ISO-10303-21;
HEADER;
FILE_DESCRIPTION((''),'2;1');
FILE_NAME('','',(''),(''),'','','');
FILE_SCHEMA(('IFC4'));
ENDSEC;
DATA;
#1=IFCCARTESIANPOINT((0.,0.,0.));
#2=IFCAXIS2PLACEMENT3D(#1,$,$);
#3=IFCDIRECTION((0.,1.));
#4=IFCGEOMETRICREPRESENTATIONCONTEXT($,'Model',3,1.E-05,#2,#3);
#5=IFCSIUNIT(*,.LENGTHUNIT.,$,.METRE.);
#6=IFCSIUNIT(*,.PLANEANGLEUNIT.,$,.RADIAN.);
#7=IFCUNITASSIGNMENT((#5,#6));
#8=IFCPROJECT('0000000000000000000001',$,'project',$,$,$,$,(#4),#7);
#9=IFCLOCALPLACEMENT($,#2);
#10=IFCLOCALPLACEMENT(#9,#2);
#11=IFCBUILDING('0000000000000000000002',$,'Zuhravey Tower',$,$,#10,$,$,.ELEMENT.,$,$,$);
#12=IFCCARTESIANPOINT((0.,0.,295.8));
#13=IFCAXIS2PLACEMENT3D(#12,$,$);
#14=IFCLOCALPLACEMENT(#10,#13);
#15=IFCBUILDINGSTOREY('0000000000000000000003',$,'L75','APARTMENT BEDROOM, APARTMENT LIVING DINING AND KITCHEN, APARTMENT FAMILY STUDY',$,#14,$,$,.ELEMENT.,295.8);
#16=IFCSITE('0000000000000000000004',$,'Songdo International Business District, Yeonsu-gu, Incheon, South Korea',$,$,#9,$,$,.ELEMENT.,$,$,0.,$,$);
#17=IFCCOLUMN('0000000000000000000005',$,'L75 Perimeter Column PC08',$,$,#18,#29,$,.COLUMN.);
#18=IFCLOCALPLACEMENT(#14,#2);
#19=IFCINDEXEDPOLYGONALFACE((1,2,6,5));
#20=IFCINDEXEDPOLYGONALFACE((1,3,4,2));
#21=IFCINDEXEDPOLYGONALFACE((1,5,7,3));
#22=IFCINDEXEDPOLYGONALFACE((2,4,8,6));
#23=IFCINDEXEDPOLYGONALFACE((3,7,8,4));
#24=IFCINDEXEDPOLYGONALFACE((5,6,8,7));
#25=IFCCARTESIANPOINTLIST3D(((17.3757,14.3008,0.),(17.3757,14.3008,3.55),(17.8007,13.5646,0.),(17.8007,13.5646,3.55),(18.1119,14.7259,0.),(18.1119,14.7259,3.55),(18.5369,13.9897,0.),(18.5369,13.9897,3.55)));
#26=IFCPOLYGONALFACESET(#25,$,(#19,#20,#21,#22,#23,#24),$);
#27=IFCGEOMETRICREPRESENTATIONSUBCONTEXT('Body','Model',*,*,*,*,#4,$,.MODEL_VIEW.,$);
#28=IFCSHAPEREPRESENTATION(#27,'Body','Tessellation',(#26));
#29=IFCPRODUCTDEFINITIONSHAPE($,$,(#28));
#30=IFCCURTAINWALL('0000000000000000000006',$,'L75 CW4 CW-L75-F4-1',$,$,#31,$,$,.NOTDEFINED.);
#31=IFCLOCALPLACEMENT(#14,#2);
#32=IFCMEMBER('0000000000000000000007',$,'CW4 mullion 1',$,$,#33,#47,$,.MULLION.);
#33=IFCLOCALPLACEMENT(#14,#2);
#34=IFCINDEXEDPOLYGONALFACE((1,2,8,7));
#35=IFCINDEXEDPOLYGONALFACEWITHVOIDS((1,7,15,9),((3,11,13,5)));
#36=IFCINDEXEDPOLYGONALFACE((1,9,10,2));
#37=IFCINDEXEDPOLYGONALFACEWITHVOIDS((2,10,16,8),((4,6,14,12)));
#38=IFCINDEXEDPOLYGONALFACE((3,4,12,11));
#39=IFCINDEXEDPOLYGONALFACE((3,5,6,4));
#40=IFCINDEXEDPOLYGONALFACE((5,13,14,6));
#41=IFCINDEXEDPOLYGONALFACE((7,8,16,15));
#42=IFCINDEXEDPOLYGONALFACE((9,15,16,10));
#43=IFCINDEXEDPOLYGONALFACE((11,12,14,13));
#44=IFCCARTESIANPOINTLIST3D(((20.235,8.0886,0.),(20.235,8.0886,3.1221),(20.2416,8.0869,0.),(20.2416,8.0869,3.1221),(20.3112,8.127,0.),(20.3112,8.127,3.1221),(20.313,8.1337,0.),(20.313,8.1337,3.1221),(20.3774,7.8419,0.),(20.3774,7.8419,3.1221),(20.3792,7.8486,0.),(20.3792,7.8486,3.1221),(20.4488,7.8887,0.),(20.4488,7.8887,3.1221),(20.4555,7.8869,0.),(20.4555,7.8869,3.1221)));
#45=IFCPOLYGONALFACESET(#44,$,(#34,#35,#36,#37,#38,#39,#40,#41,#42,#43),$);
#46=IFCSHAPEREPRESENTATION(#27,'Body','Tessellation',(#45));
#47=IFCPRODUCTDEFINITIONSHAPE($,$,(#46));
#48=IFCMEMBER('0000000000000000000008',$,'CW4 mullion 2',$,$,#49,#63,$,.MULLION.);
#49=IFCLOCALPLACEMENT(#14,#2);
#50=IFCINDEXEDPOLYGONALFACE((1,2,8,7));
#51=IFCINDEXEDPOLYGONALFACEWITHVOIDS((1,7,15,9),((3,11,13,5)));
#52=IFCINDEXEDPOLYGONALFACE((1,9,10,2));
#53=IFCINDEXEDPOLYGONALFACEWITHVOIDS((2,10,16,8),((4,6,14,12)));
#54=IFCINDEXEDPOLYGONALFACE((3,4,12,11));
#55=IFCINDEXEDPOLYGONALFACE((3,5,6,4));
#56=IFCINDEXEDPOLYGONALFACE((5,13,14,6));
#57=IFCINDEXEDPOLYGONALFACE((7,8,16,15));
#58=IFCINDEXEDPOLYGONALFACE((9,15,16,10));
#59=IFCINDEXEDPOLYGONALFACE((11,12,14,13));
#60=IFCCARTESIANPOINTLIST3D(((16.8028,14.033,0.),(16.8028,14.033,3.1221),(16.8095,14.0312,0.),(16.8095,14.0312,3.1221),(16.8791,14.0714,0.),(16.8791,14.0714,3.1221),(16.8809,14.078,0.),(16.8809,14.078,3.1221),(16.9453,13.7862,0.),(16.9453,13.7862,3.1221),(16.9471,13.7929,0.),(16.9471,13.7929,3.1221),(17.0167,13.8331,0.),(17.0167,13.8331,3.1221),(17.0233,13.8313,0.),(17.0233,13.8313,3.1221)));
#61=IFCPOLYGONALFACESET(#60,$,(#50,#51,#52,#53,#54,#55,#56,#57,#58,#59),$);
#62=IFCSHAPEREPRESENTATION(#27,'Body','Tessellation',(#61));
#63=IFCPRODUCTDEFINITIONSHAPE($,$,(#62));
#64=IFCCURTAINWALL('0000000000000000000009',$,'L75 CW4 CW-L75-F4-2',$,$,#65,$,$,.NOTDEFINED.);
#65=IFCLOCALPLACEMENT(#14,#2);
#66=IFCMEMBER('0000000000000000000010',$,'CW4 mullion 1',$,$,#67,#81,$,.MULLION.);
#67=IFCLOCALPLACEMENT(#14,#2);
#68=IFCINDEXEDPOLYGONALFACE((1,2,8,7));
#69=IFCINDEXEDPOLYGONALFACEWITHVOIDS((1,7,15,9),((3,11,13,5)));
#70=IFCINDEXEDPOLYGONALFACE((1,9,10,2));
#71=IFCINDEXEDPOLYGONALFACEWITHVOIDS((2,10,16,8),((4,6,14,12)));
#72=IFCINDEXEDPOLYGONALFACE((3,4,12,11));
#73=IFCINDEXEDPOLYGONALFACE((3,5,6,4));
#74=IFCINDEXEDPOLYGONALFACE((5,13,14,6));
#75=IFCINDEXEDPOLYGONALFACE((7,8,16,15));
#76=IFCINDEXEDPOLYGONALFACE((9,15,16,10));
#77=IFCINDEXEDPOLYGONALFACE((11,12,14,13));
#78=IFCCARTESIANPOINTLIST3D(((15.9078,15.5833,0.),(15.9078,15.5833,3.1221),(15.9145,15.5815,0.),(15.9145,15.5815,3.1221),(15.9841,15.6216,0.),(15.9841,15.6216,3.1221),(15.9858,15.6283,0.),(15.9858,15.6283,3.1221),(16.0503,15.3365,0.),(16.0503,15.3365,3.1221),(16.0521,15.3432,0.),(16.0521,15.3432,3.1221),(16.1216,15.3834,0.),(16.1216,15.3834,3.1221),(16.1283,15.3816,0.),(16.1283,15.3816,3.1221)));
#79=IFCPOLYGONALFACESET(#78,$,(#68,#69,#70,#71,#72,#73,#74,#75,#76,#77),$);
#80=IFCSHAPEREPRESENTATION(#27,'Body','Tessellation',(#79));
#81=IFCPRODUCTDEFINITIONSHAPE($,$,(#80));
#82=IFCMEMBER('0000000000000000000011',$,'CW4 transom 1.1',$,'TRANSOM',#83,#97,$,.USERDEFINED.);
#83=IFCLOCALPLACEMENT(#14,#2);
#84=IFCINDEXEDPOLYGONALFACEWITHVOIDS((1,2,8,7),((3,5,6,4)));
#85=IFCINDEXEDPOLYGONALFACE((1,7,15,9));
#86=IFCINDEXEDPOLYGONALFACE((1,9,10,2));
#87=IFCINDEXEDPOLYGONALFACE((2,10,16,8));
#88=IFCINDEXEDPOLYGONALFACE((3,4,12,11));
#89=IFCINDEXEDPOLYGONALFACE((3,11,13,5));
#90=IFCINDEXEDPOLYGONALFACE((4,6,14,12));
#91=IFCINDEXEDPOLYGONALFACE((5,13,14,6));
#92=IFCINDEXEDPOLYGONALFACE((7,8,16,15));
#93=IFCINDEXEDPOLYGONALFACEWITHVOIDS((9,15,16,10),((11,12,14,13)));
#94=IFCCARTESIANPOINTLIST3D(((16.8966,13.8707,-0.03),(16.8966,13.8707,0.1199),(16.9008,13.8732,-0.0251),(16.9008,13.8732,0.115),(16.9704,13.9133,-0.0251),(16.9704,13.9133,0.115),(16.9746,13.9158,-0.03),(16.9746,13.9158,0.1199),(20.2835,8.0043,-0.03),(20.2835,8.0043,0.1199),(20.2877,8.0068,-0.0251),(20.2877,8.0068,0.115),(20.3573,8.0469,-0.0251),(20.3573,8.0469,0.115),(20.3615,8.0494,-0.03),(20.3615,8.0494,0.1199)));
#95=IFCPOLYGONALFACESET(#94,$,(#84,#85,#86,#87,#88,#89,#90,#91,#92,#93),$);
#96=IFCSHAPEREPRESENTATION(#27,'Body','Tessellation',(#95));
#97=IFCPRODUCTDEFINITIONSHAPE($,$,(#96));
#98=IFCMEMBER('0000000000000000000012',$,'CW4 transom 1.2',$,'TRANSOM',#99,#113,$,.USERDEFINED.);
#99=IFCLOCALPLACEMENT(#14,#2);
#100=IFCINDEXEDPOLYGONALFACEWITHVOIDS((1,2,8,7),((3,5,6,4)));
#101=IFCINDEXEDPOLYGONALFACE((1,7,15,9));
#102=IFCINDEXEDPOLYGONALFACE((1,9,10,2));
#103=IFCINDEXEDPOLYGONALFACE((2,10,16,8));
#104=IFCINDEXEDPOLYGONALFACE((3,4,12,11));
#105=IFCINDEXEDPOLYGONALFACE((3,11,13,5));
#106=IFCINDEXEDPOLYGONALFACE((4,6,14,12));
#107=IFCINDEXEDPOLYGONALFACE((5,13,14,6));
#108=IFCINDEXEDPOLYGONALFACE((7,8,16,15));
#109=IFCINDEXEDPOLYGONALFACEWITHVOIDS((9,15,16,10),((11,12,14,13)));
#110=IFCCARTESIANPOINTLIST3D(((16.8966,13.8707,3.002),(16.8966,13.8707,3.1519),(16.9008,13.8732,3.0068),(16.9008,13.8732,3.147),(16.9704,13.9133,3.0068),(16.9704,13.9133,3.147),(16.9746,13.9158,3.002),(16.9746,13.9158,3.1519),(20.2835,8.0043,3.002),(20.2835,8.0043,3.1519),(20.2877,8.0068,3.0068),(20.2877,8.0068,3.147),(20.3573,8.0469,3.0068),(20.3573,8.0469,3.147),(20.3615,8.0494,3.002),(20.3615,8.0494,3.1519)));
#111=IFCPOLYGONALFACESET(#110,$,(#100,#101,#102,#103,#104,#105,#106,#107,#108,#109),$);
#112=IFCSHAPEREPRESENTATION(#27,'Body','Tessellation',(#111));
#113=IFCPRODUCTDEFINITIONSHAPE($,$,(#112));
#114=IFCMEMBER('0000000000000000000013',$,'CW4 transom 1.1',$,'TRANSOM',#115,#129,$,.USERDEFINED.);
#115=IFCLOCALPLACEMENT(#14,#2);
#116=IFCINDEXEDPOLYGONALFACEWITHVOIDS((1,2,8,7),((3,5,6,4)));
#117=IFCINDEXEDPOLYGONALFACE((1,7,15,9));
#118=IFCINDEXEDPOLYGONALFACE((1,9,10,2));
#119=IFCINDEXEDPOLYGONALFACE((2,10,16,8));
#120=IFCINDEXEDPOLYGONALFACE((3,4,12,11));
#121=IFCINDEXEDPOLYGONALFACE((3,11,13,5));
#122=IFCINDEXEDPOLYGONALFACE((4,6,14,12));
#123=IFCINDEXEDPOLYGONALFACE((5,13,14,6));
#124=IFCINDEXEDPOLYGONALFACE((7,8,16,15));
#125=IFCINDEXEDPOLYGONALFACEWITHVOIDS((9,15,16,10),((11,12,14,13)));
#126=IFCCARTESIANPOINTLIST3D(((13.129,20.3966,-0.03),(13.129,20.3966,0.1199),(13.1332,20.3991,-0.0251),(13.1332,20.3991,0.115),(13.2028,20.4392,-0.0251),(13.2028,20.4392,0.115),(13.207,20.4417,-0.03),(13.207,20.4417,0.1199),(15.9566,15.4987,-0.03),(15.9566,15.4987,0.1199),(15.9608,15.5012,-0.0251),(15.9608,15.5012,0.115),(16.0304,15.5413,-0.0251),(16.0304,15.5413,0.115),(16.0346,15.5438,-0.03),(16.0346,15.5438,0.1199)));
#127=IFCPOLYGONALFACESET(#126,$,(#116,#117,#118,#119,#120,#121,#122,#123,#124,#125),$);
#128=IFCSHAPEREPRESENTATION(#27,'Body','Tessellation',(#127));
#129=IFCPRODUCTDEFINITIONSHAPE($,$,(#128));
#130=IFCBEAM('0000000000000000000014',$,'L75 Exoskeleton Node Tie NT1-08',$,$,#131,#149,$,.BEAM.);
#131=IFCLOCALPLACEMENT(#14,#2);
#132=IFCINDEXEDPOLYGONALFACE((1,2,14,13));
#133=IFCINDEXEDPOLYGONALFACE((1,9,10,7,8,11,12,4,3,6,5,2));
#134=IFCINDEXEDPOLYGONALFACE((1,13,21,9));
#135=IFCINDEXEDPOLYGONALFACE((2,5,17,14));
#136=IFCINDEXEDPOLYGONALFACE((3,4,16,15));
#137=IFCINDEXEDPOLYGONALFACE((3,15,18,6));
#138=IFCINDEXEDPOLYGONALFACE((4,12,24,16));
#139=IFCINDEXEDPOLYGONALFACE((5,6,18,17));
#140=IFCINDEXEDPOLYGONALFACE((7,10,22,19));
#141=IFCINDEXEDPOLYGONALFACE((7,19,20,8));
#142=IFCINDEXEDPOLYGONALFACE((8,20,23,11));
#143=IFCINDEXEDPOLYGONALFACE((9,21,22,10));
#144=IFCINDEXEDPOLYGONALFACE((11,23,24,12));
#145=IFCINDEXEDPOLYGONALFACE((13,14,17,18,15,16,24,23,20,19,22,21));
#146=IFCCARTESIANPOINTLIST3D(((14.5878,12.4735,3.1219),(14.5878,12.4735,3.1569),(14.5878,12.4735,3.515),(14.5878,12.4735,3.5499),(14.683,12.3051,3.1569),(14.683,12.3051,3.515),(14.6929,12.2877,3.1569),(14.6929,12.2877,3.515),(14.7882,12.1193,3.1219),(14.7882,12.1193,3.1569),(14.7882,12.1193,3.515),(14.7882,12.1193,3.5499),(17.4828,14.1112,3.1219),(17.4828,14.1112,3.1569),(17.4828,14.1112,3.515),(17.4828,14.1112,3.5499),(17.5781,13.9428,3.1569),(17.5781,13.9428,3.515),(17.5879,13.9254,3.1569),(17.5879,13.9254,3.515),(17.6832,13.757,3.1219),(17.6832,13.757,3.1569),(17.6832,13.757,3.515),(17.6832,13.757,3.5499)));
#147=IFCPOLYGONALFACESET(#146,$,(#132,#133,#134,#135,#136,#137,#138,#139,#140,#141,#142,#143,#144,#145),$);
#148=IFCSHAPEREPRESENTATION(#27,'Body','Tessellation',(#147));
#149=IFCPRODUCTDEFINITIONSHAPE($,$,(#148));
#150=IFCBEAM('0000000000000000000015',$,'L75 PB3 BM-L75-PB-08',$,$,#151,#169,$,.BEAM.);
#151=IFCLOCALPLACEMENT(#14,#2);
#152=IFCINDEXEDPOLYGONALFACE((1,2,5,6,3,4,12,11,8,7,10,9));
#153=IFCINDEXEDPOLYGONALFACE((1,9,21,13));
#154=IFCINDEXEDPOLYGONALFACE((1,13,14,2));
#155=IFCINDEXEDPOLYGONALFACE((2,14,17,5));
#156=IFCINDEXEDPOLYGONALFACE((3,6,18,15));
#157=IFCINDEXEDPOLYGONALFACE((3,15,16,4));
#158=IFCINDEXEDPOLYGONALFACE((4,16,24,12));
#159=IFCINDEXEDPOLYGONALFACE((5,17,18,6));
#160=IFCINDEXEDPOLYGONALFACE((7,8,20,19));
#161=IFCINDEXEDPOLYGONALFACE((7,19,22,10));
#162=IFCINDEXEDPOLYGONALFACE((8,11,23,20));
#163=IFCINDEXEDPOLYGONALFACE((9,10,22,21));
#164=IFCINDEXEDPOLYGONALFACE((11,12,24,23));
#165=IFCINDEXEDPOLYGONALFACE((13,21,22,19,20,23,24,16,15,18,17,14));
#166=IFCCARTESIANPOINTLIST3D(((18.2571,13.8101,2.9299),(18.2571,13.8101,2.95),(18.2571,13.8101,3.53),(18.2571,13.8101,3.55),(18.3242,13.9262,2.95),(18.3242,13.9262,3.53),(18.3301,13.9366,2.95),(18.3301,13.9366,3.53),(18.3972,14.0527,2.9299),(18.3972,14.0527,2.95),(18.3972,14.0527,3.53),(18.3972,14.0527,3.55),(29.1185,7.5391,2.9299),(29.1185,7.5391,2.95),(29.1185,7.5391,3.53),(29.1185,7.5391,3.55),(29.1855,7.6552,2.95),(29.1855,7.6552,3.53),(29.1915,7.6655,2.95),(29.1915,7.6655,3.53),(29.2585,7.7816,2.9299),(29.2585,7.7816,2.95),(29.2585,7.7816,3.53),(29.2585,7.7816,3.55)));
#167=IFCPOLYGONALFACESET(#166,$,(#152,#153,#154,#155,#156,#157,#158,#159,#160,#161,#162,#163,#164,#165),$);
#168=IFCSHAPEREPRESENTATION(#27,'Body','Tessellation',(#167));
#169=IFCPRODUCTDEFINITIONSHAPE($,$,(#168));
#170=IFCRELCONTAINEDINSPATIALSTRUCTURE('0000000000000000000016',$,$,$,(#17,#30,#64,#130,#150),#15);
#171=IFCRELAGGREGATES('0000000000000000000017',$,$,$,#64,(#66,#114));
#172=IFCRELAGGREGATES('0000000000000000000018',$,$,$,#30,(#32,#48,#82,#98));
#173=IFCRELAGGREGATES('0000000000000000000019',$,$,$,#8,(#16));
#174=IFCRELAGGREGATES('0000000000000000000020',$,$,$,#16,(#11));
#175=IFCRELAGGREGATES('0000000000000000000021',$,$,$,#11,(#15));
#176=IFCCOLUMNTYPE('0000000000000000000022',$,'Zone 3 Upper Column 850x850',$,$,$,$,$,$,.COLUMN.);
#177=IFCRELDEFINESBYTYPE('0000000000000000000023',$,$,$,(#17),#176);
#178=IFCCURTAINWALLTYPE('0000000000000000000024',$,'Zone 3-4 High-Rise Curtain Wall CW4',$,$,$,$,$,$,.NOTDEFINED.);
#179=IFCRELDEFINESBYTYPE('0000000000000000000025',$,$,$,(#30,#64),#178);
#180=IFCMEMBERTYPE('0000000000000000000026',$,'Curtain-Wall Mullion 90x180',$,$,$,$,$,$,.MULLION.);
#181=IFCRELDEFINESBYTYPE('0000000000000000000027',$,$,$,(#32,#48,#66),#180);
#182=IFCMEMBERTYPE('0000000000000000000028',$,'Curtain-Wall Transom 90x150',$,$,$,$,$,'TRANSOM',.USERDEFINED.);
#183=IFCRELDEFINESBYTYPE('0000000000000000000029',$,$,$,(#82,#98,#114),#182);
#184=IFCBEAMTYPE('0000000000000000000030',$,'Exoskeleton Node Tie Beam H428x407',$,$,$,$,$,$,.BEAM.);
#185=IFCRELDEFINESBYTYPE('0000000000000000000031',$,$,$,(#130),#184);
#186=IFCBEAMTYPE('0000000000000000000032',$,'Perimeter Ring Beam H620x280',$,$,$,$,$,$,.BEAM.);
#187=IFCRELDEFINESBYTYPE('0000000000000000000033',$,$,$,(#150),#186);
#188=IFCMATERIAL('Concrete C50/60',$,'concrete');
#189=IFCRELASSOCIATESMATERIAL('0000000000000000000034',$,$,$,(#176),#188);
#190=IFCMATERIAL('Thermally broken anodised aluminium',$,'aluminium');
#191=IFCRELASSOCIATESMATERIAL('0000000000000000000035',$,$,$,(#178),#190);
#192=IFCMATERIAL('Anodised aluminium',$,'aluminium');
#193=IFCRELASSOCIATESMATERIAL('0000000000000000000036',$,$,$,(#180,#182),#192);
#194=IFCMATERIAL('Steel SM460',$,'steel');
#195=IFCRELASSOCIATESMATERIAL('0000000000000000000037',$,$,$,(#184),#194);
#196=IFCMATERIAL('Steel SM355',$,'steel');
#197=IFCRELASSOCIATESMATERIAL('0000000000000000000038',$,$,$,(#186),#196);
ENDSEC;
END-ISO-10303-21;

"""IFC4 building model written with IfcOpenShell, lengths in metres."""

from ifc_helpers import new_model, si_unit, direction, frame, origin, origin_2d, place, context, subcontext, project, spatial, rectangle, hollow_rectangle, i_section, extrude, material, material_profile, profile_set, type_object, element, aggregate, save


model = new_model("IFC4")

# Units and contexts
model_context = context("Model", 3, precision=1e-05, world=origin(), true_north=direction((0.0, 1.0)))
body_context = subcontext(model_context, "Body", "Model", "MODEL_VIEW")
ifc_project = project(units=[si_unit("LENGTHUNIT", "METRE"), si_unit("PLANEANGLEUNIT", "RADIAN")], contexts=[model_context])

# Site, building, storey
site_placement = place(None, origin())
site = spatial("IfcSite", under=ifc_project, at=site_placement, Name="Songdo International Business District, Yeonsu-gu, Incheon, South Korea", CompositionType="ELEMENT", RefElevation=0.0)
building_placement = place(site_placement, origin())
building = spatial("IfcBuilding", under=site, at=building_placement, Name="Zuhravey Tower", CompositionType="ELEMENT")
storey_placement = place(building_placement, frame((0.0, 0.0, 295.8)))
storey = spatial("IfcBuildingStorey", under=building, at=storey_placement, Name="L75", Description="APARTMENT BEDROOM, APARTMENT LIVING DINING AND KITCHEN, APARTMENT FAMILY STUDY", CompositionType="ELEMENT", Elevation=295.8)

# Column
ifc_material_1 = material(Name="Concrete C50/60", Category="concrete")
ifc_material_profile_1 = material_profile(ifc_material_1, rectangle(XDim=0.8501, YDim=0.8501, at=origin_2d()), Name="RC-850x850")
ifc_profile_set_1 = profile_set([ifc_material_profile_1], Name="Concrete C50/60")
column_type = type_object("IfcColumnType", Name="Zone 3 Upper Column 850x850", PredefinedType="COLUMN", material=ifc_profile_set_1)
column_placement = place(storey_placement, frame((17.9563, 14.1453, 0.0), z_axis=(0.0, 0.0, 1.0), x_axis=(0.5, -0.866025, 0.0)))
element("IfcColumn", 1, at=column_placement, inside=storey, type_object=column_type, Name="L75 Perimeter Column PC08", PredefinedType="COLUMN", context=body_context, shape_type="SweptSolid", body=[
    extrude(rectangle(XDim=0.8501, YDim=0.8501, at=origin_2d()), origin(), (0.0, 0.0, 1.0), 3.55),
])

# Curtain wall, members
ifc_material_2 = material(Name="Thermally broken anodised aluminium", Category="aluminium")
curtain_wall_type = type_object("IfcCurtainWallType", Name="Zone 3-4 High-Rise Curtain Wall CW4", PredefinedType="NOTDEFINED", material=ifc_material_2)
curtain_wall_1_placement = place(storey_placement, origin())
curtain_wall_1 = element("IfcCurtainWall", 2, at=curtain_wall_1_placement, inside=storey, type_object=curtain_wall_type, Name="L75 CW4 CW-L75-F4-1", PredefinedType="NOTDEFINED")
ifc_material_3 = material(Name="Anodised aluminium", Category="aluminium")
ifc_material_profile_2 = material_profile(ifc_material_3, hollow_rectangle(XDim=0.0901, YDim=0.2849, WallThickness=0.0049, at=origin_2d()), Name="ALU-RHS-90x285x5")
ifc_profile_set_2 = profile_set([ifc_material_profile_2], Name="Anodised aluminium")
member_type_1 = type_object("IfcMemberType", Name="Curtain-Wall Mullion 90x180", PredefinedType="MULLION", material=ifc_profile_set_2)
member_1_placement = place(storey_placement, frame((20.3452, 7.9878, 0.0), z_axis=(0.0, 0.0, 1.0), x_axis=(-0.866024, -0.500003, 0.0)))
member_1 = element("IfcMember", 3, at=member_1_placement, type_object=member_type_1, Name="CW4 mullion 1", PredefinedType="MULLION", context=body_context, shape_type="SweptSolid", body=[
    extrude(hollow_rectangle(XDim=0.0901, YDim=0.2849, WallThickness=0.0049, at=origin_2d()), origin(), (0.0, 0.0, 1.0), 3.1221),
])
member_2_placement = place(storey_placement, frame((16.9131, 13.9321, 0.0), z_axis=(0.0, 0.0, 1.0), x_axis=(-0.866024, -0.500003, 0.0)))
member_2 = element("IfcMember", 4, at=member_2_placement, type_object=member_type_1, Name="CW4 mullion 2", PredefinedType="MULLION", context=body_context, shape_type="SweptSolid", body=[
    extrude(hollow_rectangle(XDim=0.0901, YDim=0.2849, WallThickness=0.0049, at=origin_2d()), origin(), (0.0, 0.0, 1.0), 3.1221),
])

# Curtain wall, member
curtain_wall_2_placement = place(storey_placement, origin())
curtain_wall_2 = element("IfcCurtainWall", 5, at=curtain_wall_2_placement, inside=storey, type_object=curtain_wall_type, Name="L75 CW4 CW-L75-F4-2", PredefinedType="NOTDEFINED")
member_3_placement = place(storey_placement, frame((16.0181, 15.4824, 0.0), z_axis=(0.0, 0.0, 1.0), x_axis=(-0.866026, -0.499999, 0.0)))
member_3 = element("IfcMember", 6, at=member_3_placement, type_object=member_type_1, Name="CW4 mullion 1", PredefinedType="MULLION", context=body_context, shape_type="SweptSolid", body=[
    extrude(hollow_rectangle(XDim=0.0901, YDim=0.2849, WallThickness=0.0049, at=origin_2d()), origin(), (0.0, 0.0, 1.0), 3.1221),
])

# Members
ifc_material_profile_3 = material_profile(ifc_material_3, hollow_rectangle(XDim=0.0901, YDim=0.1499, WallThickness=0.0049, at=origin_2d()), Name="ALU-RHS-90x150x5")
ifc_profile_set_3 = profile_set([ifc_material_profile_3], Name="Anodised aluminium")
member_type_2 = type_object("IfcMemberType", Name="Curtain-Wall Transom 90x150", ElementType="TRANSOM", PredefinedType="USERDEFINED", material=ifc_profile_set_3)
member_4_placement = place(storey_placement, frame((20.3225, 8.0269, 0.0449), z_axis=(-0.499996, 0.866028, 0.0), x_axis=(-0.866028, -0.499996, 0.0)))
member_4 = element("IfcMember", 7, at=member_4_placement, type_object=member_type_2, Name="CW4 transom 1.1", ObjectType="TRANSOM", PredefinedType="USERDEFINED", context=body_context, shape_type="SweptSolid", body=[
    extrude(hollow_rectangle(XDim=0.0901, YDim=0.1499, WallThickness=0.0049, at=origin_2d()), origin(), (0.0, 0.0, 1.0), 6.7739),
])
member_5_placement = place(storey_placement, frame((20.3225, 8.0269, 3.0769), z_axis=(-0.499996, 0.866028, 0.0), x_axis=(-0.866028, -0.499996, 0.0)))
member_5 = element("IfcMember", 8, at=member_5_placement, type_object=member_type_2, Name="CW4 transom 1.2", ObjectType="TRANSOM", PredefinedType="USERDEFINED", context=body_context, shape_type="SweptSolid", body=[
    extrude(hollow_rectangle(XDim=0.0901, YDim=0.1499, WallThickness=0.0049, at=origin_2d()), origin(), (0.0, 0.0, 1.0), 6.7739),
])
member_6_placement = place(storey_placement, frame((15.9956, 15.5212, 0.0449), z_axis=(-0.499974, 0.86604, 0.0), x_axis=(-0.86604, -0.499974, 0.0)))
member_6 = element("IfcMember", 9, at=member_6_placement, type_object=member_type_2, Name="CW4 transom 1.1", ObjectType="TRANSOM", PredefinedType="USERDEFINED", context=body_context, shape_type="SweptSolid", body=[
    extrude(hollow_rectangle(XDim=0.0901, YDim=0.1499, WallThickness=0.0049, at=origin_2d()), origin(), (0.0, 0.0, 1.0), 5.6555),
])
aggregate(curtain_wall_2, [member_3, member_6])

# Beams
ifc_material_4 = material(Name="Steel SM460", Category="steel")
ifc_material_profile_4 = material_profile(ifc_material_4, i_section(OverallWidth=0.407, OverallDepth=0.428, WebThickness=0.02, FlangeThickness=0.0349, at=origin_2d()), Name="H-428x407x20x35")
ifc_profile_set_4 = profile_set([ifc_material_profile_4], Name="Steel SM460")
beam_type_1 = type_object("IfcBeamType", Name="Exoskeleton Node Tie Beam H428x407", PredefinedType="BEAM", material=ifc_profile_set_4)
beam_1_placement = place(storey_placement, frame((17.583, 13.9341, 3.3359), z_axis=(-0.870385, -0.492372, 0.0), x_axis=(0.492372, -0.870385, 0.0)))
element("IfcBeam", 10, at=beam_1_placement, inside=storey, type_object=beam_type_1, Name="L75 Exoskeleton Node Tie NT1-08", PredefinedType="BEAM", context=body_context, shape_type="SweptSolid", body=[
    extrude(i_section(OverallWidth=0.407, OverallDepth=0.428, WebThickness=0.02, FlangeThickness=0.0349, at=origin_2d()), origin(), (0.0, 0.0, 1.0), 3.3262),
])
ifc_material_5 = material(Name="Steel SM355", Category="steel")
ifc_material_profile_5 = material_profile(ifc_material_5, i_section(OverallWidth=0.28, OverallDepth=0.6201, WebThickness=0.012, FlangeThickness=0.02, at=origin_2d()), Name="H-620x280x12x20")
ifc_profile_set_5 = profile_set([ifc_material_profile_5], Name="Steel SM355")
beam_type_2 = type_object("IfcBeamType", Name="Perimeter Ring Beam H620x280", PredefinedType="BEAM", material=ifc_profile_set_5)
beam_2_placement = place(storey_placement, frame((18.3271, 13.9314, 3.24), z_axis=(0.866018, -0.500012, 0.0), x_axis=(0.500012, 0.866018, 0.0)))
element("IfcBeam", 11, at=beam_2_placement, inside=storey, type_object=beam_type_2, Name="L75 PB3 BM-L75-PB-08", PredefinedType="BEAM", context=body_context, shape_type="SweptSolid", body=[
    extrude(i_section(OverallWidth=0.28, OverallDepth=0.6201, WebThickness=0.012, FlangeThickness=0.02, at=origin_2d()), origin(), (0.0, 0.0, 1.0), 12.5417),
])

aggregate(curtain_wall_1, [member_1, member_2, member_4, member_5])

save(model, "model.ifc")
